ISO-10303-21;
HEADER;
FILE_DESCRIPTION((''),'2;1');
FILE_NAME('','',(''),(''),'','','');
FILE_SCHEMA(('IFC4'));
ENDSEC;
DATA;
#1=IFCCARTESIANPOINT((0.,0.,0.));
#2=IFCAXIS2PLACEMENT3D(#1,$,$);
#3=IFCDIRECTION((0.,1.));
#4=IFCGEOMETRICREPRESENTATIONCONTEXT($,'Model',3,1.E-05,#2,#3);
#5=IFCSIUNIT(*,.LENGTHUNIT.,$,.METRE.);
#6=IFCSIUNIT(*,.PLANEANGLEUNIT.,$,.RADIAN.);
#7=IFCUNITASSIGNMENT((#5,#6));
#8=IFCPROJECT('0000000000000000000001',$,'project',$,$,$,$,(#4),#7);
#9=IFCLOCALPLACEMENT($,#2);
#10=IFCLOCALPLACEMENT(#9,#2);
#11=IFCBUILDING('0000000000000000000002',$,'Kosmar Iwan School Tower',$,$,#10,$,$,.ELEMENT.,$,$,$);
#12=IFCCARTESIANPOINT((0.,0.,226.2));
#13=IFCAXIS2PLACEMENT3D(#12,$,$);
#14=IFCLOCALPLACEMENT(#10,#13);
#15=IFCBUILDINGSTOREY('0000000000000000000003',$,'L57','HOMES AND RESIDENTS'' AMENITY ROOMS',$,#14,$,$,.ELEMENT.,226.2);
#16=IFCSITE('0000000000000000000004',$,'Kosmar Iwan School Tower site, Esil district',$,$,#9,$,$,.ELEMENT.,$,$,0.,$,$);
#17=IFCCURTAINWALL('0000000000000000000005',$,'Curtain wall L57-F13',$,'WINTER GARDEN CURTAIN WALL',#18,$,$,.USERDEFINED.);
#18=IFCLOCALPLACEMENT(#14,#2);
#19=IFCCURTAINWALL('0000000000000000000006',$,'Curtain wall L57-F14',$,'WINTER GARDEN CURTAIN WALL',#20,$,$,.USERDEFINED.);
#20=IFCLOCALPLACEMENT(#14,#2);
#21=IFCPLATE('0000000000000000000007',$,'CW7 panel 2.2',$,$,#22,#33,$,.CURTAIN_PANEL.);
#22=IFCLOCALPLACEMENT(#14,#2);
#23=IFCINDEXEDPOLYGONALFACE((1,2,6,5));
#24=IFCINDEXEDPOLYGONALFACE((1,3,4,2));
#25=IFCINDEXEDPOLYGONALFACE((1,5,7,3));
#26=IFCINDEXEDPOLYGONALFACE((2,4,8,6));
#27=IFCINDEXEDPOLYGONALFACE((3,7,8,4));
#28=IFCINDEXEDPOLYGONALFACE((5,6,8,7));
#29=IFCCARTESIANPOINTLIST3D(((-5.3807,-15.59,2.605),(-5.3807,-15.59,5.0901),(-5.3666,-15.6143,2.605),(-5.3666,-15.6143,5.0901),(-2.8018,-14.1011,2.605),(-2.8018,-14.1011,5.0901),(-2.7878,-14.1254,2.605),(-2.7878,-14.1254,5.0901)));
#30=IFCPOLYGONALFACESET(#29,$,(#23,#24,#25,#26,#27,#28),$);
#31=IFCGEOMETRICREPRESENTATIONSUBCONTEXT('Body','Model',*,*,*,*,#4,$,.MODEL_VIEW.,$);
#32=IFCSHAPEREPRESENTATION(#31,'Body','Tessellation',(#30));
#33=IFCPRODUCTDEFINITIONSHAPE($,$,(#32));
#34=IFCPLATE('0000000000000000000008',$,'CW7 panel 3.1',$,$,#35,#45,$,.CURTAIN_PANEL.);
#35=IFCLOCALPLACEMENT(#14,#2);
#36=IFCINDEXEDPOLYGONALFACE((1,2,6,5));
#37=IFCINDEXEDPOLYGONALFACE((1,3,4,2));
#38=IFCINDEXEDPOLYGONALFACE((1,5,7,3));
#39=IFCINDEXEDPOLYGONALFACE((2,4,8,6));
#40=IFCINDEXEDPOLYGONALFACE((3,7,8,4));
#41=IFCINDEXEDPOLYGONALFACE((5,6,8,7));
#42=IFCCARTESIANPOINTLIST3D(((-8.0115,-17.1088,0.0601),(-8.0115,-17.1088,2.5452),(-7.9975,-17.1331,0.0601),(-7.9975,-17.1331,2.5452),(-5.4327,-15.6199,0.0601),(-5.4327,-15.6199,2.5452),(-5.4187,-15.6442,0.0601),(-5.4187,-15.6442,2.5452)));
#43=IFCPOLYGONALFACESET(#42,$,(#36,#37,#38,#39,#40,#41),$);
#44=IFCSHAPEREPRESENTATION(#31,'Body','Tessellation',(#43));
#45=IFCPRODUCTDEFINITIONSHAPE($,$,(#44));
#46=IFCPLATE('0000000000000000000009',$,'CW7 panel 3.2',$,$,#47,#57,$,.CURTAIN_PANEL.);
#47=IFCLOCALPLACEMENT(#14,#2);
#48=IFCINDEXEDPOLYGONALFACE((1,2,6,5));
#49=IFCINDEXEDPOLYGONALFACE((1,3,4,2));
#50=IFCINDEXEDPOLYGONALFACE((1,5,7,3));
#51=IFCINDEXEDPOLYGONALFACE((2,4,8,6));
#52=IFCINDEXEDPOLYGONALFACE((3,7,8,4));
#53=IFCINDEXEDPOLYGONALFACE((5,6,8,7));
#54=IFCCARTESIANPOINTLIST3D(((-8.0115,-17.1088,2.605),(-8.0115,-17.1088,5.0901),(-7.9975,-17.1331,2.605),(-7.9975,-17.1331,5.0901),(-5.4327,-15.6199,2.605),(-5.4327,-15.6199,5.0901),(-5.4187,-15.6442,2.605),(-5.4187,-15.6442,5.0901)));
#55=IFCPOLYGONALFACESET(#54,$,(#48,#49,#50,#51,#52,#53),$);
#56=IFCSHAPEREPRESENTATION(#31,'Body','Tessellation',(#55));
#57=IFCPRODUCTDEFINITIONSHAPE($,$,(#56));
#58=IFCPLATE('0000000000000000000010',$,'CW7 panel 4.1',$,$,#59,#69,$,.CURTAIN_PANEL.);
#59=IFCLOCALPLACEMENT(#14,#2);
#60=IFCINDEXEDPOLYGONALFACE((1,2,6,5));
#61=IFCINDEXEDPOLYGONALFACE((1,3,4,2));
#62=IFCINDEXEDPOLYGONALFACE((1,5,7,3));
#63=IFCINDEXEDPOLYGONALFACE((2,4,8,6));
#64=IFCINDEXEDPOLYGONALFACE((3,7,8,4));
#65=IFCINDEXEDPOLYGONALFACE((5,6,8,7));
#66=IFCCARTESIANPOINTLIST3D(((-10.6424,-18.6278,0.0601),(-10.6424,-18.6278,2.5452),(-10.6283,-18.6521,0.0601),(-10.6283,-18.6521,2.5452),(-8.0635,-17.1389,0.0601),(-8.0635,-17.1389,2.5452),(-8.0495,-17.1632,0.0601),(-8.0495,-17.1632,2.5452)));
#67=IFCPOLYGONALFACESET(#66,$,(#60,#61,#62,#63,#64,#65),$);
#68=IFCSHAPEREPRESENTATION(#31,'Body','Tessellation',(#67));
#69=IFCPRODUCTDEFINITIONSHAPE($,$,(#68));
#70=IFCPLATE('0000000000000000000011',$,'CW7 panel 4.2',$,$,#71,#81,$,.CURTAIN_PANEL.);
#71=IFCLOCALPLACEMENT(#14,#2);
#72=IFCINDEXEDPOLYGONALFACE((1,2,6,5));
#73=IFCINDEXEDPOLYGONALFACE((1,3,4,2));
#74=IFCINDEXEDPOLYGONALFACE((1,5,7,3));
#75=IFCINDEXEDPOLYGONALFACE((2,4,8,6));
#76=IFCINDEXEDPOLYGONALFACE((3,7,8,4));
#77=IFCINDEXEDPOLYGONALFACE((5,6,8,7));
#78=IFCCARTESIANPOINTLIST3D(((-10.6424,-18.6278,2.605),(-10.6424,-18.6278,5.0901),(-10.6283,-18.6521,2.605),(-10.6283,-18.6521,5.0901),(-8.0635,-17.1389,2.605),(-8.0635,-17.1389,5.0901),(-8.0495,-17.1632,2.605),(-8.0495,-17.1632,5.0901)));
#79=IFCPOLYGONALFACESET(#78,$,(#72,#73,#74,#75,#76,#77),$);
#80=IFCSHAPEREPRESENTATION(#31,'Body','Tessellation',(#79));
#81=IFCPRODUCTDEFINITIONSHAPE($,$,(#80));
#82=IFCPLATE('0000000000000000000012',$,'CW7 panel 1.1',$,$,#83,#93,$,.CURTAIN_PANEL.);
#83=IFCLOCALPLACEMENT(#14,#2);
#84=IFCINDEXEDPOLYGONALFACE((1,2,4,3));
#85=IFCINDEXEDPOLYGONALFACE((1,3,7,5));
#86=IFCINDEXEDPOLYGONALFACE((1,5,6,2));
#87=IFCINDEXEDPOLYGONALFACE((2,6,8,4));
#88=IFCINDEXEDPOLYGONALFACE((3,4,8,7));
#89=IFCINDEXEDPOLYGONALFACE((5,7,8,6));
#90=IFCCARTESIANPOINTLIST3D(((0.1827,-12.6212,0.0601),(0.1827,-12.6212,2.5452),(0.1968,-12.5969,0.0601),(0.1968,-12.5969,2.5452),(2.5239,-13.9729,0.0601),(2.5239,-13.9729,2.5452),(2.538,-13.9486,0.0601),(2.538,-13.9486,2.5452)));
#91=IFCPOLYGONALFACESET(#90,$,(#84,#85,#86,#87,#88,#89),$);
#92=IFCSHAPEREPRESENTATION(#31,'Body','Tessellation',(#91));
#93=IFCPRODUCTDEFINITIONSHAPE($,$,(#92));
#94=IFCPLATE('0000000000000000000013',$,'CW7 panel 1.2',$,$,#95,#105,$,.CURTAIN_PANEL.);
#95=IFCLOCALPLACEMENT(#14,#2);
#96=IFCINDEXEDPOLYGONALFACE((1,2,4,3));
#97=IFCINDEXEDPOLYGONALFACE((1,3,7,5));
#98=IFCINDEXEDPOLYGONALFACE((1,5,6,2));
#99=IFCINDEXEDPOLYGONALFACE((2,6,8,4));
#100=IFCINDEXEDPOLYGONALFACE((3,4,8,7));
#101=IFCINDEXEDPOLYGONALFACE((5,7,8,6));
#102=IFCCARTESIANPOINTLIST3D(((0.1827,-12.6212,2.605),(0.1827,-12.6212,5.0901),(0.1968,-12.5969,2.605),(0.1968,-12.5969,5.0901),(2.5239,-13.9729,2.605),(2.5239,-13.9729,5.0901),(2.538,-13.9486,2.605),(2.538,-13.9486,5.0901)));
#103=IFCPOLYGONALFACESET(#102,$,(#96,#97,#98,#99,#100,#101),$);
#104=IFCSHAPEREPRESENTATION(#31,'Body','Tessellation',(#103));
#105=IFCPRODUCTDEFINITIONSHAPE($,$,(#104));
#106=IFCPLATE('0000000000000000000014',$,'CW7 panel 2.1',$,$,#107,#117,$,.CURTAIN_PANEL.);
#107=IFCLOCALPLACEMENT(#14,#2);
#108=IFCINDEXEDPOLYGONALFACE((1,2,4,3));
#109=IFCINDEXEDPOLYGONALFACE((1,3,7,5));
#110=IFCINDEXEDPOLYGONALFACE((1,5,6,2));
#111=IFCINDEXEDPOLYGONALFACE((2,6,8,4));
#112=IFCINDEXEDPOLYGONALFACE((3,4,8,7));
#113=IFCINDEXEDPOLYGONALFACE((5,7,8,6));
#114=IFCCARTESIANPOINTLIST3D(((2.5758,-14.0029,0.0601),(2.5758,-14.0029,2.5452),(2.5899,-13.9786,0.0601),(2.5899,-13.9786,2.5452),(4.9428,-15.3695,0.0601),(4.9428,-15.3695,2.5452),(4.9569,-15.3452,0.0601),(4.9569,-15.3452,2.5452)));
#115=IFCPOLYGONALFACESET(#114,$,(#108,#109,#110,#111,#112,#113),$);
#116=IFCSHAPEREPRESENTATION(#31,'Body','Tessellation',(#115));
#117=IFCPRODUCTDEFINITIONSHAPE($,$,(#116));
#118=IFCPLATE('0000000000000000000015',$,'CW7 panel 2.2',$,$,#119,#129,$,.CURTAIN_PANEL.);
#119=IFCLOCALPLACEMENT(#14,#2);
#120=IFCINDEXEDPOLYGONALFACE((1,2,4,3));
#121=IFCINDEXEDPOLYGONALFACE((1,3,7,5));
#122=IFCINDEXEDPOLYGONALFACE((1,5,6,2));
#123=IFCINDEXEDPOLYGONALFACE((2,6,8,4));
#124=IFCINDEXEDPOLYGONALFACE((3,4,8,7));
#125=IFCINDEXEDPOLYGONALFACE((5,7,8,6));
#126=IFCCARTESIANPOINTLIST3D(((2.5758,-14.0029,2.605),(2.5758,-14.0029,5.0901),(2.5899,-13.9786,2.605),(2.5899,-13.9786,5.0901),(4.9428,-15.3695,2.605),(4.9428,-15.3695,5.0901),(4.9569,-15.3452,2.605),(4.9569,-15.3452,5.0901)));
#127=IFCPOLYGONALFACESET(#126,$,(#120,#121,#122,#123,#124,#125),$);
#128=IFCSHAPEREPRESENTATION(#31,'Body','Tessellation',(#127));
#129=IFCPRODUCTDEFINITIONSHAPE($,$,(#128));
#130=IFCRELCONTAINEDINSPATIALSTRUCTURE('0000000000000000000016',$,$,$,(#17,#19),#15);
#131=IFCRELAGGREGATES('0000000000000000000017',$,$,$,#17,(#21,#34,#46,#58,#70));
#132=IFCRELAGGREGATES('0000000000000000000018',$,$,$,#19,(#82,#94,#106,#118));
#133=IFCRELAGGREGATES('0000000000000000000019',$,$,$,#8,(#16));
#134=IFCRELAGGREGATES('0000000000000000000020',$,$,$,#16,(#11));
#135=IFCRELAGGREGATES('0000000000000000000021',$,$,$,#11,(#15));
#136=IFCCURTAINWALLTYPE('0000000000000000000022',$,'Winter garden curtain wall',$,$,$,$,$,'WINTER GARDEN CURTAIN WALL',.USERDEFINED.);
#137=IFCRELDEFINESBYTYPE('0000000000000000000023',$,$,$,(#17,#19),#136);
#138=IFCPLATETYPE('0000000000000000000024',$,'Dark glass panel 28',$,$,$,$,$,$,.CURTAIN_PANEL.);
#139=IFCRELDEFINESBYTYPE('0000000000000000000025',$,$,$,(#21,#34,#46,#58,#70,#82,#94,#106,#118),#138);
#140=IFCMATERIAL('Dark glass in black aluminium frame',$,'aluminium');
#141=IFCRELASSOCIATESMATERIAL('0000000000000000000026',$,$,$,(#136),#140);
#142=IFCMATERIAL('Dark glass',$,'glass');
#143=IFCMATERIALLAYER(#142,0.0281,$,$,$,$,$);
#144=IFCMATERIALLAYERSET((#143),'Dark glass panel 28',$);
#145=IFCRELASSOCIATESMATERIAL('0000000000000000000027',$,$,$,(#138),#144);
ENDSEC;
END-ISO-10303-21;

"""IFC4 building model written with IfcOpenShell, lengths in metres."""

from ifc_helpers import new_model, si_unit, direction, frame, origin, origin_2d, place, context, subcontext, project, spatial, rectangle, extrude, material, layer, layer_set, type_object, element, aggregate, save


model = new_model("IFC4")

# Units and contexts
model_context = context("Model", 3, precision=1e-05, world=origin(), true_north=direction((0.0, 1.0)))
body_context = subcontext(model_context, "Body", "Model", "MODEL_VIEW")
ifc_project = project(units=[si_unit("LENGTHUNIT", "METRE"), si_unit("PLANEANGLEUNIT", "RADIAN")], contexts=[model_context])

# Site, building, storey
site_placement = place(None, origin())
site = spatial("IfcSite", under=ifc_project, at=site_placement, Name="Kosmar Iwan School Tower site, Esil district", CompositionType="ELEMENT", RefElevation=0.0)
building_placement = place(site_placement, origin())
building = spatial("IfcBuilding", under=site, at=building_placement, Name="Kosmar Iwan School Tower", CompositionType="ELEMENT")
storey_placement = place(building_placement, frame((0.0, 0.0, 226.2)))
storey = spatial("IfcBuildingStorey", under=building, at=storey_placement, Name="L57", Description="HOMES AND RESIDENTS' AMENITY ROOMS", CompositionType="ELEMENT", Elevation=226.2)

# Curtain wall
ifc_material_1 = material(Name="Dark glass in black aluminium frame", Category="aluminium")
curtain_wall_type = type_object("IfcCurtainWallType", Name="Winter garden curtain wall", ElementType="WINTER GARDEN CURTAIN WALL", PredefinedType="USERDEFINED", material=ifc_material_1)
curtain_wall_1_placement = place(storey_placement, origin())
curtain_wall_1 = element("IfcCurtainWall", 1, at=curtain_wall_1_placement, inside=storey, type_object=curtain_wall_type, Name="Curtain wall L57-F13", ObjectType="WINTER GARDEN CURTAIN WALL", PredefinedType="USERDEFINED")

# Curtain wall
curtain_wall_2_placement = place(storey_placement, origin())
curtain_wall_2 = element("IfcCurtainWall", 2, at=curtain_wall_2_placement, inside=storey, type_object=curtain_wall_type, Name="Curtain wall L57-F14", ObjectType="WINTER GARDEN CURTAIN WALL", PredefinedType="USERDEFINED")

# Plates
ifc_material_2 = material(Name="Dark glass", Category="glass")
ifc_layer = layer(ifc_material_2, 0.0281)
ifc_layer_set = layer_set([ifc_layer], Name="Dark glass panel 28")
plate_type = type_object("IfcPlateType", Name="Dark glass panel 28", PredefinedType="CURTAIN_PANEL", material=ifc_layer_set)
plate_1_placement = place(storey_placement, frame((-4.0842, -14.8577, 2.605), z_axis=(0.0, 0.0, 1.0), x_axis=(-0.866025, -0.5, 0.0)))
plate_1 = element("IfcPlate", 3, at=plate_1_placement, type_object=plate_type, Name="CW7 panel 2.2", PredefinedType="CURTAIN_PANEL", context=body_context, shape_type="SweptSolid", body=[
    extrude(rectangle(XDim=2.9778, YDim=0.0281, at=origin_2d()), origin(), (0.0, 0.0, 1.0), 2.4851),
])
plate_2_placement = place(storey_placement, frame((-6.7151, -16.3765, 0.0601), z_axis=(0.0, 0.0, 1.0), x_axis=(-0.866025, -0.5, 0.0)))
plate_2 = element("IfcPlate", 4, at=plate_2_placement, type_object=plate_type, Name="CW7 panel 3.1", PredefinedType="CURTAIN_PANEL", context=body_context, shape_type="SweptSolid", body=[
    extrude(rectangle(XDim=2.9778, YDim=0.0281, at=origin_2d()), origin(), (0.0, 0.0, 1.0), 2.4851),
])
plate_3_placement = place(storey_placement, frame((-6.7151, -16.3765, 2.605), z_axis=(0.0, 0.0, 1.0), x_axis=(-0.866025, -0.5, 0.0)))
plate_3 = element("IfcPlate", 5, at=plate_3_placement, type_object=plate_type, Name="CW7 panel 3.2", PredefinedType="CURTAIN_PANEL", context=body_context, shape_type="SweptSolid", body=[
    extrude(rectangle(XDim=2.9778, YDim=0.0281, at=origin_2d()), origin(), (0.0, 0.0, 1.0), 2.4851),
])
plate_4_placement = place(storey_placement, frame((-9.3459, -17.8955, 0.0601), z_axis=(0.0, 0.0, 1.0), x_axis=(-0.866025, -0.5, 0.0)))
plate_4 = element("IfcPlate", 6, at=plate_4_placement, type_object=plate_type, Name="CW7 panel 4.1", PredefinedType="CURTAIN_PANEL", context=body_context, shape_type="SweptSolid", body=[
    extrude(rectangle(XDim=2.9778, YDim=0.0281, at=origin_2d()), origin(), (0.0, 0.0, 1.0), 2.4851),
])
plate_5_placement = place(storey_placement, frame((-9.3459, -17.8955, 2.605), z_axis=(0.0, 0.0, 1.0), x_axis=(-0.866025, -0.5, 0.0)))
plate_5 = element("IfcPlate", 7, at=plate_5_placement, type_object=plate_type, Name="CW7 panel 4.2", PredefinedType="CURTAIN_PANEL", context=body_context, shape_type="SweptSolid", body=[
    extrude(rectangle(XDim=2.9778, YDim=0.0281, at=origin_2d()), origin(), (0.0, 0.0, 1.0), 2.4851),
])
aggregate(curtain_wall_1, [plate_1, plate_2, plate_3, plate_4, plate_5])
plate_6_placement = place(storey_placement, frame((1.3604, -13.2849, 0.0601), z_axis=(0.0, 0.0, 1.0), x_axis=(0.866025, -0.5, 0.0)))
plate_6 = element("IfcPlate", 8, at=plate_6_placement, type_object=plate_type, Name="CW7 panel 1.1", PredefinedType="CURTAIN_PANEL", context=body_context, shape_type="SweptSolid", body=[
    extrude(rectangle(XDim=2.7034, YDim=0.0281, at=origin_2d()), origin(), (0.0, 0.0, 1.0), 2.4851),
])
plate_7_placement = place(storey_placement, frame((1.3604, -13.2849, 2.605), z_axis=(0.0, 0.0, 1.0), x_axis=(0.866025, -0.5, 0.0)))
plate_7 = element("IfcPlate", 9, at=plate_7_placement, type_object=plate_type, Name="CW7 panel 1.2", PredefinedType="CURTAIN_PANEL", context=body_context, shape_type="SweptSolid", body=[
    extrude(rectangle(XDim=2.7034, YDim=0.0281, at=origin_2d()), origin(), (0.0, 0.0, 1.0), 2.4851),
])
plate_8_placement = place(storey_placement, frame((3.7664, -14.6741, 0.0601), z_axis=(0.0, 0.0, 1.0), x_axis=(0.866025, -0.5, 0.0)))
plate_8 = element("IfcPlate", 10, at=plate_8_placement, type_object=plate_type, Name="CW7 panel 2.1", PredefinedType="CURTAIN_PANEL", context=body_context, shape_type="SweptSolid", body=[
    extrude(rectangle(XDim=2.7332, YDim=0.0281, at=origin_2d()), origin(), (0.0, 0.0, 1.0), 2.4851),
])
plate_9_placement = place(storey_placement, frame((3.7664, -14.6741, 2.605), z_axis=(0.0, 0.0, 1.0), x_axis=(0.866025, -0.5, 0.0)))
plate_9 = element("IfcPlate", 11, at=plate_9_placement, type_object=plate_type, Name="CW7 panel 2.2", PredefinedType="CURTAIN_PANEL", context=body_context, shape_type="SweptSolid", body=[
    extrude(rectangle(XDim=2.7332, YDim=0.0281, at=origin_2d()), origin(), (0.0, 0.0, 1.0), 2.4851),
])
aggregate(curtain_wall_2, [plate_6, plate_7, plate_8, plate_9])

save(model, "model.ifc")
